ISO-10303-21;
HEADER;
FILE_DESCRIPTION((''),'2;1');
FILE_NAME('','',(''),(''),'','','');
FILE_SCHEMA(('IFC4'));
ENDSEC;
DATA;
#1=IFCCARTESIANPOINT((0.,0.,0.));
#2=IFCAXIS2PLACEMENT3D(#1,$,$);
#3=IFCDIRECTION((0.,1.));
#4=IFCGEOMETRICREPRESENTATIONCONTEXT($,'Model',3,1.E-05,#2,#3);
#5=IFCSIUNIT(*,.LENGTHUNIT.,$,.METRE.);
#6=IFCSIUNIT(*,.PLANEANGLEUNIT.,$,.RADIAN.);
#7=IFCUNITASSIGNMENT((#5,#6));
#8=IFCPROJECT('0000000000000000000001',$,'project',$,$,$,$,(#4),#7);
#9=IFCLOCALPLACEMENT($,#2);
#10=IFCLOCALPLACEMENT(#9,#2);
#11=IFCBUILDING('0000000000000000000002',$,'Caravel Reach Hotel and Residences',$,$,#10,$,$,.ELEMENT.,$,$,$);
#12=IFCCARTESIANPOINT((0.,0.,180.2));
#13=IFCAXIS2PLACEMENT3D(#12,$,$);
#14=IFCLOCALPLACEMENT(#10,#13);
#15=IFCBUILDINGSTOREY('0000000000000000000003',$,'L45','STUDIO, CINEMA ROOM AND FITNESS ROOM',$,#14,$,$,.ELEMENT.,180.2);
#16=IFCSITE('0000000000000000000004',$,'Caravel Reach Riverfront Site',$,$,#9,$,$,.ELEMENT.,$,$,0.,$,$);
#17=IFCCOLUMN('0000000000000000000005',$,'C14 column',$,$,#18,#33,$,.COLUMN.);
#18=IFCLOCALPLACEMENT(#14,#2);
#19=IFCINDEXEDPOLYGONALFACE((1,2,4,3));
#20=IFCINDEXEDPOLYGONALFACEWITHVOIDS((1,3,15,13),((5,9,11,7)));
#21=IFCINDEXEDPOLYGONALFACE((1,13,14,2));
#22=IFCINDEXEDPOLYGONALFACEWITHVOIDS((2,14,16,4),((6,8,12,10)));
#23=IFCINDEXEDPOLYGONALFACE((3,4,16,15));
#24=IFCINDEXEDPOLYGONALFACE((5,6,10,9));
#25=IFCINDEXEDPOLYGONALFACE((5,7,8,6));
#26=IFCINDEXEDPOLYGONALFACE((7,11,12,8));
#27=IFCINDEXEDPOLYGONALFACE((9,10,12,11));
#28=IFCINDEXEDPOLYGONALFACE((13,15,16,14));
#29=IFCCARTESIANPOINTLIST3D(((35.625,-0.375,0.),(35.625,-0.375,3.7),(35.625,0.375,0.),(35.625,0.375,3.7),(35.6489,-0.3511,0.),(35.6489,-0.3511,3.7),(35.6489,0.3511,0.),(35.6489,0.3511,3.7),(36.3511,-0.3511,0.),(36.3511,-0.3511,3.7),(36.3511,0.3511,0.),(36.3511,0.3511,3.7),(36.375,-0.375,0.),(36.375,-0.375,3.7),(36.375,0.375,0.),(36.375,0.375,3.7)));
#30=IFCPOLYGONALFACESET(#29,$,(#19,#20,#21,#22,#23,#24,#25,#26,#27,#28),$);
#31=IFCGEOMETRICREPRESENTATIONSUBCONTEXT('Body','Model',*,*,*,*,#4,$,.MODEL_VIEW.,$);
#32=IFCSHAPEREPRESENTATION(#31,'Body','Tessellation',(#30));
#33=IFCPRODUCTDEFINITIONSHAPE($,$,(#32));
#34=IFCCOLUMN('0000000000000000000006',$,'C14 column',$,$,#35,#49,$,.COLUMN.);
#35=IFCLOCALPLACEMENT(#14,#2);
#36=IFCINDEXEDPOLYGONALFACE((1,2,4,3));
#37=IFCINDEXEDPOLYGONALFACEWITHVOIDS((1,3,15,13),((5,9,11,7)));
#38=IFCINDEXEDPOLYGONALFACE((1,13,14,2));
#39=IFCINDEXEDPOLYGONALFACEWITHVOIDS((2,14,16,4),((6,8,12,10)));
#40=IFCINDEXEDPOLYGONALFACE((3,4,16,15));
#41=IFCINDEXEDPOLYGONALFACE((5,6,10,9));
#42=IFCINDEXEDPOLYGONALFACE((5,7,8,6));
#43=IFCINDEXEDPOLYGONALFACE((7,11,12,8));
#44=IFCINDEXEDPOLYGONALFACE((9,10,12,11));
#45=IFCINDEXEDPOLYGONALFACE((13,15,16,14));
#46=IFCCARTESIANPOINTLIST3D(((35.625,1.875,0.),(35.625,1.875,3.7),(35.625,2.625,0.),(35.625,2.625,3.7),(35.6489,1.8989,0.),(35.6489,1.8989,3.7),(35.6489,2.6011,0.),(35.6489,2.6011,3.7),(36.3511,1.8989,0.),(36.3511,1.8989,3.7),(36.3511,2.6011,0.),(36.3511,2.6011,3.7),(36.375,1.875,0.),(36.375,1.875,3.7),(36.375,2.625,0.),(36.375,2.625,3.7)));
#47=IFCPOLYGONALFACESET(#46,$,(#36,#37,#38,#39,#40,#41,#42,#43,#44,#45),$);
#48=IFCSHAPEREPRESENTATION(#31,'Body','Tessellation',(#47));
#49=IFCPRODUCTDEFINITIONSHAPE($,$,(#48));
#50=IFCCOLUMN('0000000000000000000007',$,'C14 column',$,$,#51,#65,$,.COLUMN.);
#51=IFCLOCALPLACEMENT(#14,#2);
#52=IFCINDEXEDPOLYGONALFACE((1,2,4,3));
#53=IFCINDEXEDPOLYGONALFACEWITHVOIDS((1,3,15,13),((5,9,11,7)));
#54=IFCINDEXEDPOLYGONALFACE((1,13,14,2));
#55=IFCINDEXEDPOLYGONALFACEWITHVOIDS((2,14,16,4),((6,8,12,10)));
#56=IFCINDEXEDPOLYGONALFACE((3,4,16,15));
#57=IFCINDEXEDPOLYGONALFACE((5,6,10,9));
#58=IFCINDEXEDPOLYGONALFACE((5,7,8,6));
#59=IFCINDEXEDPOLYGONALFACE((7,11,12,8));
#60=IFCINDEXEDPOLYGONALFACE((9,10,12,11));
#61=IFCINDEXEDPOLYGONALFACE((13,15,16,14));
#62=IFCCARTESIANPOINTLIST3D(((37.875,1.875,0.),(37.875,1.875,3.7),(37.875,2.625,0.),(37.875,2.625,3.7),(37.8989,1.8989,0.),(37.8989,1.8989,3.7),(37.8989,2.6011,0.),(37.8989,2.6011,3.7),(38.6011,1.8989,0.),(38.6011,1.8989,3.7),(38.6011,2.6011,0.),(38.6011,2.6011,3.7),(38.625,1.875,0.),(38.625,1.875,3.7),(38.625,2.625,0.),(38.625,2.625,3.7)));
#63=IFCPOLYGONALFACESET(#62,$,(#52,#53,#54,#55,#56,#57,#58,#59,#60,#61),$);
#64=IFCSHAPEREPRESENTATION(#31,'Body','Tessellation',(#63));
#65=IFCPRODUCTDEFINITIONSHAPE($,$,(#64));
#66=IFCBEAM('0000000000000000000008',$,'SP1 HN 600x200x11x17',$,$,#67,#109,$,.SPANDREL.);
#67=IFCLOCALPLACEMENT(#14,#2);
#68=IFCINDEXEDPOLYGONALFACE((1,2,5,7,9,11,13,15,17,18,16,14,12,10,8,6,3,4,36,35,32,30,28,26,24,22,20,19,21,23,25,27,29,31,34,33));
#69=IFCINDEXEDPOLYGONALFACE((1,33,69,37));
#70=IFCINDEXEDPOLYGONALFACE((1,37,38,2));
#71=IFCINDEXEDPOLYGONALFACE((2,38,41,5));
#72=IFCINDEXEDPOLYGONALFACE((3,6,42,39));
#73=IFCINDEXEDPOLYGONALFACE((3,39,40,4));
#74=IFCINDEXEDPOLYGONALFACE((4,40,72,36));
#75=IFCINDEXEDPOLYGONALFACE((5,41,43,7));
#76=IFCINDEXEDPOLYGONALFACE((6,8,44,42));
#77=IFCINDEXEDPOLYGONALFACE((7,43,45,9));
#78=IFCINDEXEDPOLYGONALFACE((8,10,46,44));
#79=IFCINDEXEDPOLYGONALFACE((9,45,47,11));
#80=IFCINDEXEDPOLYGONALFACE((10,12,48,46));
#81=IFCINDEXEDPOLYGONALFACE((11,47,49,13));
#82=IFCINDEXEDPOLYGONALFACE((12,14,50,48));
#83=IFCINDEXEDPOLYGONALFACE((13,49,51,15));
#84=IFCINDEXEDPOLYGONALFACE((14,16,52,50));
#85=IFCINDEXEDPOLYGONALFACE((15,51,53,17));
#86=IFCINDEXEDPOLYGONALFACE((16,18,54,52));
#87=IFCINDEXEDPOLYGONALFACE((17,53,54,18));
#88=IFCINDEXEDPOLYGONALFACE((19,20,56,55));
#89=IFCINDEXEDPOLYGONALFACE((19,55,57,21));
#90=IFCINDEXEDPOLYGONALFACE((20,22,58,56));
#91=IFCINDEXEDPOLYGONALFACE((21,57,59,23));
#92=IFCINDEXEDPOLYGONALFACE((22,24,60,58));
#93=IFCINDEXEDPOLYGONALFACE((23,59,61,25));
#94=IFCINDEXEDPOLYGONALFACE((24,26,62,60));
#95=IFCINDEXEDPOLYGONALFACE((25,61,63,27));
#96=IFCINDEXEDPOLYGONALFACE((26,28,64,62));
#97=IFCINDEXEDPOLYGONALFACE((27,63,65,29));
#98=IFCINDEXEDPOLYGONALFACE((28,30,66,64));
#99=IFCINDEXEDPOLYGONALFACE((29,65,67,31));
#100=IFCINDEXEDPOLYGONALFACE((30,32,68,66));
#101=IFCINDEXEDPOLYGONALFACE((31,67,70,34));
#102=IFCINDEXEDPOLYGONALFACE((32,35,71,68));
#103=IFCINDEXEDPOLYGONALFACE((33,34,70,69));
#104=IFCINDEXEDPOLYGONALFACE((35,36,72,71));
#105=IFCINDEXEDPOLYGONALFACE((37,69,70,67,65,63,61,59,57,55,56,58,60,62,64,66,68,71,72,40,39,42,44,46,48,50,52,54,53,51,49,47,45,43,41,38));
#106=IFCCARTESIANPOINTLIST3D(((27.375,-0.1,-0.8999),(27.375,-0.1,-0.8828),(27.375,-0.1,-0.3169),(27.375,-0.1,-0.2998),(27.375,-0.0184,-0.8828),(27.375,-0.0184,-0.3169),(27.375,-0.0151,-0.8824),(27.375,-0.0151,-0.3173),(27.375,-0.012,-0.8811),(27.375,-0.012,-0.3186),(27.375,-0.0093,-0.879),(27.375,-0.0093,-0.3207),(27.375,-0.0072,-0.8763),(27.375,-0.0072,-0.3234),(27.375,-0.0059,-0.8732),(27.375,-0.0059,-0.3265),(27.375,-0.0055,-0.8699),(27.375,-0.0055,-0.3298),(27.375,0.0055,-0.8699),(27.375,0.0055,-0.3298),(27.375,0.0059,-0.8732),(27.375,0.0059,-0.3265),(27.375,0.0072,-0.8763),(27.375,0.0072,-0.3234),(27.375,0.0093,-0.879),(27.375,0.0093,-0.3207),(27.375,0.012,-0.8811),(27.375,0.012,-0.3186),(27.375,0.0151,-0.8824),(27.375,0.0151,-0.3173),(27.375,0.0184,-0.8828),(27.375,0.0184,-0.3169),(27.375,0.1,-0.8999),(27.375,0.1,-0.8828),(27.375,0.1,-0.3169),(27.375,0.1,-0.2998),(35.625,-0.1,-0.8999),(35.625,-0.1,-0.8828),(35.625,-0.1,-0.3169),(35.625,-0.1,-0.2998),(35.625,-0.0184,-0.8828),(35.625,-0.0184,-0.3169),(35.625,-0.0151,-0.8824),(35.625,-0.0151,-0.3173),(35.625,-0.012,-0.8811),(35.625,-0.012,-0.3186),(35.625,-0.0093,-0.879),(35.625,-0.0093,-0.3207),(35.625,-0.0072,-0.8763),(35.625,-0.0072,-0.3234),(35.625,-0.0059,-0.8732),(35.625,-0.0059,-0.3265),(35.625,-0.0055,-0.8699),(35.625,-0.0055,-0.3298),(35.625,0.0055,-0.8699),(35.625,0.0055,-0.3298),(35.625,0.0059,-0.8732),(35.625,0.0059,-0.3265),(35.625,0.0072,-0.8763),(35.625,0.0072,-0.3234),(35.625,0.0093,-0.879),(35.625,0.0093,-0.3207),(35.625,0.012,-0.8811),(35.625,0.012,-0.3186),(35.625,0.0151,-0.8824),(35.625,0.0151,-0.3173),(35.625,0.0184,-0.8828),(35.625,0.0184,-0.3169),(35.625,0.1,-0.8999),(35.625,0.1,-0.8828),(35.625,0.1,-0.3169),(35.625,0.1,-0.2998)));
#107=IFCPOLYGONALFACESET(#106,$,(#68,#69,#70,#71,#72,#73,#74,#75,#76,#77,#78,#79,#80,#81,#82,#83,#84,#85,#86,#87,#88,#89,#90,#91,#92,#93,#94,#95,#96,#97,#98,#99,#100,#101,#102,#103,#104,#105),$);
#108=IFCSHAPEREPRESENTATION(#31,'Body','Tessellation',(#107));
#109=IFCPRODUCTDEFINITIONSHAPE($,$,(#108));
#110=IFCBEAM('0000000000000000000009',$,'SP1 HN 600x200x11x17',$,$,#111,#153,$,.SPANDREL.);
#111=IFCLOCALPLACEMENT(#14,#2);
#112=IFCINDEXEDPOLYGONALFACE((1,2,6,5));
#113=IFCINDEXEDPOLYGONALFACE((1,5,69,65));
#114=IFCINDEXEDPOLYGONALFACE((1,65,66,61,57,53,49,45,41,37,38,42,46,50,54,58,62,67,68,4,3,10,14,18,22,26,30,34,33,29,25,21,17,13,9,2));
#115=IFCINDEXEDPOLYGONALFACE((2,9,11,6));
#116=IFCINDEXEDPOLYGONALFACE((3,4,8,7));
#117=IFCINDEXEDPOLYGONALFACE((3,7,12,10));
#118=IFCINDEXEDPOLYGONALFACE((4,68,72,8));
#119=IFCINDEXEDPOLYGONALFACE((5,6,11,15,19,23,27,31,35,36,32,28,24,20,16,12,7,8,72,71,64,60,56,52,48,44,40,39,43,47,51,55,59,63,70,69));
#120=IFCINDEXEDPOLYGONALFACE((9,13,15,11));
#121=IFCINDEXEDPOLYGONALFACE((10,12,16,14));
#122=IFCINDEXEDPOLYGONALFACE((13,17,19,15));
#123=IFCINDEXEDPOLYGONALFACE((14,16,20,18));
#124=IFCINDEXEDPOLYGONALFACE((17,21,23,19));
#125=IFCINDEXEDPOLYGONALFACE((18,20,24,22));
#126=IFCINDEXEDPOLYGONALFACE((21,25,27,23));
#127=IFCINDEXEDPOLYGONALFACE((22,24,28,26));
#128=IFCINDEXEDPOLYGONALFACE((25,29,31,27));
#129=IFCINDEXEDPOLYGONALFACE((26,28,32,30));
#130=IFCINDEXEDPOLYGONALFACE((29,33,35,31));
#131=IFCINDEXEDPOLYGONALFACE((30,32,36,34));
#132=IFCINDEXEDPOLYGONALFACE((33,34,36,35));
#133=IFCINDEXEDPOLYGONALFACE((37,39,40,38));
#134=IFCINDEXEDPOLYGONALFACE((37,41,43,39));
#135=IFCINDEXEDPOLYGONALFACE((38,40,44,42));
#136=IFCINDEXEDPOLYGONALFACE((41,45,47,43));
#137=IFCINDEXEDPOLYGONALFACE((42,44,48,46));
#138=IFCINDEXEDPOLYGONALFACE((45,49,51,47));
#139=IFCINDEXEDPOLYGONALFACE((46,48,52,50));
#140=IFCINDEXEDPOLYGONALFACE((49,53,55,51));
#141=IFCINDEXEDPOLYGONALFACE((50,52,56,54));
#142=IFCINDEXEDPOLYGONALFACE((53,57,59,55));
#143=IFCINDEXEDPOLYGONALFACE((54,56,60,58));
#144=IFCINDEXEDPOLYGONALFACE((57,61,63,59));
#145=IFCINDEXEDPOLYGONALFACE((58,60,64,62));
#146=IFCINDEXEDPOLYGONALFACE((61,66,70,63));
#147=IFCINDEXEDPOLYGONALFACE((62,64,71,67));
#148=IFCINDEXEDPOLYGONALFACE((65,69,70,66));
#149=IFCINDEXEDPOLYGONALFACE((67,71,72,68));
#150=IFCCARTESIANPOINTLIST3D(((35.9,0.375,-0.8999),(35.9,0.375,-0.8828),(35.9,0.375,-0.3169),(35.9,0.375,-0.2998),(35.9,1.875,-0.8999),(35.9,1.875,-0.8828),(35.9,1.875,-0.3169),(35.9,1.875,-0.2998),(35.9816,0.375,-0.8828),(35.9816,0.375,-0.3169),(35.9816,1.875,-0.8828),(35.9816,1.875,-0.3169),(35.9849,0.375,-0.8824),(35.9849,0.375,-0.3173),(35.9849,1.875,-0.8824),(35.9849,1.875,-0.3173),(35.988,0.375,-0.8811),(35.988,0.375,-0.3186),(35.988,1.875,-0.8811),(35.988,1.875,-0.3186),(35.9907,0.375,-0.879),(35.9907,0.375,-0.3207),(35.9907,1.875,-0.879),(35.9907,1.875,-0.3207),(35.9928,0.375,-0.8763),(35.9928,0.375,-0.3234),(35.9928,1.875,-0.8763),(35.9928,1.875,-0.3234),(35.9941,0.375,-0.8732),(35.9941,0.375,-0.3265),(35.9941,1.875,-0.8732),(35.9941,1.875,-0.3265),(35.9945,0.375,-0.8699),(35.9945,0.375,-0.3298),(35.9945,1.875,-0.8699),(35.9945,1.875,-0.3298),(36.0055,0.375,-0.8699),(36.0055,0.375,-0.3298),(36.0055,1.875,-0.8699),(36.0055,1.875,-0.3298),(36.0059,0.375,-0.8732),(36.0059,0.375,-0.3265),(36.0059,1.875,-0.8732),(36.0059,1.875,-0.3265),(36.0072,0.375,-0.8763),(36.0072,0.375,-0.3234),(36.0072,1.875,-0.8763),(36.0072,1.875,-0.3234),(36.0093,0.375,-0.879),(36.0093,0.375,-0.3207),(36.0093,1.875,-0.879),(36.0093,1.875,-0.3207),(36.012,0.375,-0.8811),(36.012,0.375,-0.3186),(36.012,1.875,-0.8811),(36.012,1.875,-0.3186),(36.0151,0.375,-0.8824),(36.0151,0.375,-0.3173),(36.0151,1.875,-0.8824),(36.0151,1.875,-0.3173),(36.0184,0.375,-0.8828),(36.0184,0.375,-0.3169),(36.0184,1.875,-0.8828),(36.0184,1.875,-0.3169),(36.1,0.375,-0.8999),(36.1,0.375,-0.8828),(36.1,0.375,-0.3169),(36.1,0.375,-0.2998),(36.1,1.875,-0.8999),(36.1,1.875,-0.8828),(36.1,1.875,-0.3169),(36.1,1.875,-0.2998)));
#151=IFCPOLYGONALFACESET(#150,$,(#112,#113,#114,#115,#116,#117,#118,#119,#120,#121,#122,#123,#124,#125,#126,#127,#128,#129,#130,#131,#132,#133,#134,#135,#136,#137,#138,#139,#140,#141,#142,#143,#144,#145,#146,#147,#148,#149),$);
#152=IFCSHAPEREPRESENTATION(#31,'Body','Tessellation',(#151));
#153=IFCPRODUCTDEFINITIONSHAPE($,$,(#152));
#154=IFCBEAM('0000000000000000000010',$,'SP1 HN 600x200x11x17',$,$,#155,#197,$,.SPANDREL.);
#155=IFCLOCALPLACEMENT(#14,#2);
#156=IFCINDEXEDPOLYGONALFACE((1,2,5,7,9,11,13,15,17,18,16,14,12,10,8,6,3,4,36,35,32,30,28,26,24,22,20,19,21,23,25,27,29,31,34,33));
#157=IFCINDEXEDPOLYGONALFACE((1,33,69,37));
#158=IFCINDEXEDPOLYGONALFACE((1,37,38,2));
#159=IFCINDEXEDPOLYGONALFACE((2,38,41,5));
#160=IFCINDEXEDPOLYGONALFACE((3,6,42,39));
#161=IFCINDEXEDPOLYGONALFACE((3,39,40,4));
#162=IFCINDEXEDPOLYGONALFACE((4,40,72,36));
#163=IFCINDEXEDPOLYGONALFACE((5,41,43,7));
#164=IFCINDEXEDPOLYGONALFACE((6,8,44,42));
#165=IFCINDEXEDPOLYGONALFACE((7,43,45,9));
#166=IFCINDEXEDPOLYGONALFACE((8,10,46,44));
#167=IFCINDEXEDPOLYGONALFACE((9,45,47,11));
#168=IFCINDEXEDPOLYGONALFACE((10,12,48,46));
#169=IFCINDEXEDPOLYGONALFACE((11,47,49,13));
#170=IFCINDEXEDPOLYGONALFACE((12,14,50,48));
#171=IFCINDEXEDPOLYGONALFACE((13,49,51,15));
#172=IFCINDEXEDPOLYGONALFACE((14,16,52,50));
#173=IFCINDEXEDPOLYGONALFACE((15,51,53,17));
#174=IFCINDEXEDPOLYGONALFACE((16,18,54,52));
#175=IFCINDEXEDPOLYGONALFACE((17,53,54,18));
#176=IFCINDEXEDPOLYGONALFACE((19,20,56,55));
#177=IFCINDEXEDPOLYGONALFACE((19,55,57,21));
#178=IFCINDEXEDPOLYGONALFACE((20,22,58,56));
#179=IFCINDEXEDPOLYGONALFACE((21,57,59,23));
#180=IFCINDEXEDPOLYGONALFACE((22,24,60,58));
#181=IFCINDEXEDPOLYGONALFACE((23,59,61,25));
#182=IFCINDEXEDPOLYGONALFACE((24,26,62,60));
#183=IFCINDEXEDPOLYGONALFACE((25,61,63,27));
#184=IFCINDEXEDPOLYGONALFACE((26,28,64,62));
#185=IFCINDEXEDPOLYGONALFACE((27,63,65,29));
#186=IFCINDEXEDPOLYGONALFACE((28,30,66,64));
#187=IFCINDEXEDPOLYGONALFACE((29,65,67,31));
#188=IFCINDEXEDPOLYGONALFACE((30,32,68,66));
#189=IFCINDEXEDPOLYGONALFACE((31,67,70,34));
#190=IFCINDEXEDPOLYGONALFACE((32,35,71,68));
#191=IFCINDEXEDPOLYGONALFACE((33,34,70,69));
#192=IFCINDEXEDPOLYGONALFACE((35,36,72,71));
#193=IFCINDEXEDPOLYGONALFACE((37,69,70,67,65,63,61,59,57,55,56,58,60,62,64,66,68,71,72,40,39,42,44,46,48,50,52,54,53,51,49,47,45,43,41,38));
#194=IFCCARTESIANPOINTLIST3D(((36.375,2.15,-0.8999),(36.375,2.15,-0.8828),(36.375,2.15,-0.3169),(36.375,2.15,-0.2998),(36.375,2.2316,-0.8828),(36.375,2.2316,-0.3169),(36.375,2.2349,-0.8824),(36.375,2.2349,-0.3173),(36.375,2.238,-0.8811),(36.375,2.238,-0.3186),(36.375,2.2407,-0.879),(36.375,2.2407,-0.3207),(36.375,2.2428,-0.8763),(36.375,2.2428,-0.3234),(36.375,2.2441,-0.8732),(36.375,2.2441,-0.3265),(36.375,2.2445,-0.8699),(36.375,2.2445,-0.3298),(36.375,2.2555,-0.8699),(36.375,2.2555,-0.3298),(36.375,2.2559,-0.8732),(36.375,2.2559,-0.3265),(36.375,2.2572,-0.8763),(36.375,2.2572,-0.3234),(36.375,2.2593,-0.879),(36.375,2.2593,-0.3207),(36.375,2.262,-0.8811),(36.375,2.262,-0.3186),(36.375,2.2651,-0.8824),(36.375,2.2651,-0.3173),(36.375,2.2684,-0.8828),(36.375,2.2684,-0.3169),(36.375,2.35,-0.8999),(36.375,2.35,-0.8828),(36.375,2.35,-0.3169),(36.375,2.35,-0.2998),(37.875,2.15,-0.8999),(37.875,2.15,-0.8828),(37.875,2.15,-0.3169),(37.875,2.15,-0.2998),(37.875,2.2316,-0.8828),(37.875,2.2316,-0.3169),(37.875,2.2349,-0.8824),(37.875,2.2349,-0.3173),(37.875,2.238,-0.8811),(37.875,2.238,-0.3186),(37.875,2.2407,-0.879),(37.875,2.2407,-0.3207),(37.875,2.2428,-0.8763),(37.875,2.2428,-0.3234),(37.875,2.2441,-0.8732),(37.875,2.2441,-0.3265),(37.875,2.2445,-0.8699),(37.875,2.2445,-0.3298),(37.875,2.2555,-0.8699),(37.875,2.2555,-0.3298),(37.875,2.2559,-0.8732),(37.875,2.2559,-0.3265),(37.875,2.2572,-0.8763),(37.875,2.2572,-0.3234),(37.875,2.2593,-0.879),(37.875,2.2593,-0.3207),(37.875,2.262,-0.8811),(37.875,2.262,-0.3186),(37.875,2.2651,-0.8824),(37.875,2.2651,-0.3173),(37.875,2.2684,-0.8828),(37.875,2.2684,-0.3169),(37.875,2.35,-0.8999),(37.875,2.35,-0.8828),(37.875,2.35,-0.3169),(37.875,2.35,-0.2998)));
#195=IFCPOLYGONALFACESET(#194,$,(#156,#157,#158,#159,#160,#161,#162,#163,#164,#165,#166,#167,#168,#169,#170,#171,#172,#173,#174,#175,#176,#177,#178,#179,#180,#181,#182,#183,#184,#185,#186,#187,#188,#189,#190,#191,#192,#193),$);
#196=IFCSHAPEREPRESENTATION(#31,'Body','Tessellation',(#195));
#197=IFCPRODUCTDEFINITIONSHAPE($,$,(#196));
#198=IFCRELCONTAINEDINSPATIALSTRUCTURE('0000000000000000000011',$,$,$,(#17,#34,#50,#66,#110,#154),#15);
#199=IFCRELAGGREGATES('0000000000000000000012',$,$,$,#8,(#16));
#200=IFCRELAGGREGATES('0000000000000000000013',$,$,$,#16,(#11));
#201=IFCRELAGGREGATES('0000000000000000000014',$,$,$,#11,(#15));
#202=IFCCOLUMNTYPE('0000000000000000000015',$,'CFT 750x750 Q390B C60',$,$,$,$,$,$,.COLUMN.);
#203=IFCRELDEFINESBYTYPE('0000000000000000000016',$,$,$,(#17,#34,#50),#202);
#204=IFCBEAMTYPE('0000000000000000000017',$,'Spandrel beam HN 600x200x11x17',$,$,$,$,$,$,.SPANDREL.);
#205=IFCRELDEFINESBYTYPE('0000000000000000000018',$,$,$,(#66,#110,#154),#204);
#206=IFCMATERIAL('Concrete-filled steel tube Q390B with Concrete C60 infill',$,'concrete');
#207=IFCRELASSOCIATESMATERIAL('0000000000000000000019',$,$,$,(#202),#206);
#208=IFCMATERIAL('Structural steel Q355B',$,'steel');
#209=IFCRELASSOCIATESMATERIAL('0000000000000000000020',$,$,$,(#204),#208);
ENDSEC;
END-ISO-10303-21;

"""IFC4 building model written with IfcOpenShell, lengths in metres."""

from ifc_helpers import new_model, si_unit, direction, frame, origin, origin_2d, place, context, subcontext, project, spatial, hollow_rectangle, i_section, extrude, material, material_profile, profile_set, type_object, element, save


model = new_model("IFC4")

# Units and contexts
model_context = context("Model", 3, precision=1e-05, world=origin(), true_north=direction((0.0, 1.0)))
body_context = subcontext(model_context, "Body", "Model", "MODEL_VIEW")
ifc_project = project(units=[si_unit("LENGTHUNIT", "METRE"), si_unit("PLANEANGLEUNIT", "RADIAN")], contexts=[model_context])

# Site, building, storey
site_placement = place(None, origin())
site = spatial("IfcSite", under=ifc_project, at=site_placement, Name="Caravel Reach Riverfront Site", CompositionType="ELEMENT", RefElevation=0.0)
building_placement = place(site_placement, origin())
building = spatial("IfcBuilding", under=site, at=building_placement, Name="Caravel Reach Hotel and Residences", CompositionType="ELEMENT")
storey_placement = place(building_placement, frame((0.0, 0.0, 180.2)))
storey = spatial("IfcBuildingStorey", under=building, at=storey_placement, Name="L45", Description="STUDIO, CINEMA ROOM AND FITNESS ROOM", CompositionType="ELEMENT", Elevation=180.2)

# Columns
ifc_material_1 = material(Name="Concrete-filled steel tube Q390B with Concrete C60 infill", Category="concrete")
ifc_material_profile_1 = material_profile(ifc_material_1, hollow_rectangle(XDim=0.75, YDim=0.75, WallThickness=0.0239, at=origin_2d()), Name="RHS 750x750x24")
ifc_profile_set_1 = profile_set([ifc_material_profile_1], Name="Concrete-filled steel tube Q390B with Concrete C60 infill")
column_type = type_object("IfcColumnType", Name="CFT 750x750 Q390B C60", PredefinedType="COLUMN", material=ifc_profile_set_1)
for number, where, z_axis, x_axis, name in (
    (1, (36.0, 0.0, 0.0), (0.0, 0.0, 1.0), (1.0, 0.0, 0.0), "C14 column"),
    (2, (36.0, 2.25, 0.0), (0.0, 0.0, 1.0), (1.0, 0.0, 0.0), "C14 column"),
    (3, (38.25, 2.25, 0.0), (0.0, 0.0, 1.0), (1.0, 0.0, 0.0), "C14 column"),
):
    element("IfcColumn", number, at=place(storey_placement, frame(where, z_axis=z_axis, x_axis=x_axis)), inside=storey, type_object=column_type, Name=name, PredefinedType="COLUMN", context=body_context, shape_type="SweptSolid", body=[
        extrude(hollow_rectangle(XDim=0.75, YDim=0.75, WallThickness=0.0239, at=origin_2d()), origin(), (0.0, 0.0, 1.0), 3.7),
    ])

# Beams
ifc_material_2 = material(Name="Structural steel Q355B", Category="steel")
ifc_material_profile_2 = material_profile(ifc_material_2, i_section(OverallWidth=0.2, OverallDepth=0.6001, WebThickness=0.011, FlangeThickness=0.0171, FilletRadius=0.0129, at=origin_2d()), Name="HN 600x200x11x17")
ifc_profile_set_2 = profile_set([ifc_material_profile_2], Name="Structural steel Q355B")
beam_type = type_object("IfcBeamType", Name="Spandrel beam HN 600x200x11x17", PredefinedType="SPANDREL", material=ifc_profile_set_2)
beam_placement = place(storey_placement, frame((27.375, 0.0, -0.5999), z_axis=(1.0, 0.0, 0.0), x_axis=(0.0, 1.0, 0.0)))
element("IfcBeam", 4, at=beam_placement, inside=storey, type_object=beam_type, Name="SP1 HN 600x200x11x17", PredefinedType="SPANDREL", context=body_context, shape_type="SweptSolid", body=[
    extrude(i_section(OverallWidth=0.2, OverallDepth=0.6001, WebThickness=0.011, FlangeThickness=0.0171, FilletRadius=0.0129, at=origin_2d()), origin(), (0.0, 0.0, 1.0), 8.25),
])
for number, where, z_axis, x_axis, name in (
    (5, (36.0, 0.375, -0.5999), (0.0, 1.0, 0.0), (-1.0, 0.0, 0.0), "SP1 HN 600x200x11x17"),
    (6, (36.375, 2.25, -0.5999), (1.0, 0.0, 0.0), (0.0, 1.0, 0.0), "SP1 HN 600x200x11x17"),
):
    element("IfcBeam", number, at=place(storey_placement, frame(where, z_axis=z_axis, x_axis=x_axis)), inside=storey, type_object=beam_type, Name=name, PredefinedType="SPANDREL", context=body_context, shape_type="SweptSolid", body=[
        extrude(i_section(OverallWidth=0.2, OverallDepth=0.6001, WebThickness=0.011, FlangeThickness=0.0171, FilletRadius=0.0129, at=origin_2d()), origin(), (0.0, 0.0, 1.0), 1.5),
    ])

save(model, "model.ifc")
